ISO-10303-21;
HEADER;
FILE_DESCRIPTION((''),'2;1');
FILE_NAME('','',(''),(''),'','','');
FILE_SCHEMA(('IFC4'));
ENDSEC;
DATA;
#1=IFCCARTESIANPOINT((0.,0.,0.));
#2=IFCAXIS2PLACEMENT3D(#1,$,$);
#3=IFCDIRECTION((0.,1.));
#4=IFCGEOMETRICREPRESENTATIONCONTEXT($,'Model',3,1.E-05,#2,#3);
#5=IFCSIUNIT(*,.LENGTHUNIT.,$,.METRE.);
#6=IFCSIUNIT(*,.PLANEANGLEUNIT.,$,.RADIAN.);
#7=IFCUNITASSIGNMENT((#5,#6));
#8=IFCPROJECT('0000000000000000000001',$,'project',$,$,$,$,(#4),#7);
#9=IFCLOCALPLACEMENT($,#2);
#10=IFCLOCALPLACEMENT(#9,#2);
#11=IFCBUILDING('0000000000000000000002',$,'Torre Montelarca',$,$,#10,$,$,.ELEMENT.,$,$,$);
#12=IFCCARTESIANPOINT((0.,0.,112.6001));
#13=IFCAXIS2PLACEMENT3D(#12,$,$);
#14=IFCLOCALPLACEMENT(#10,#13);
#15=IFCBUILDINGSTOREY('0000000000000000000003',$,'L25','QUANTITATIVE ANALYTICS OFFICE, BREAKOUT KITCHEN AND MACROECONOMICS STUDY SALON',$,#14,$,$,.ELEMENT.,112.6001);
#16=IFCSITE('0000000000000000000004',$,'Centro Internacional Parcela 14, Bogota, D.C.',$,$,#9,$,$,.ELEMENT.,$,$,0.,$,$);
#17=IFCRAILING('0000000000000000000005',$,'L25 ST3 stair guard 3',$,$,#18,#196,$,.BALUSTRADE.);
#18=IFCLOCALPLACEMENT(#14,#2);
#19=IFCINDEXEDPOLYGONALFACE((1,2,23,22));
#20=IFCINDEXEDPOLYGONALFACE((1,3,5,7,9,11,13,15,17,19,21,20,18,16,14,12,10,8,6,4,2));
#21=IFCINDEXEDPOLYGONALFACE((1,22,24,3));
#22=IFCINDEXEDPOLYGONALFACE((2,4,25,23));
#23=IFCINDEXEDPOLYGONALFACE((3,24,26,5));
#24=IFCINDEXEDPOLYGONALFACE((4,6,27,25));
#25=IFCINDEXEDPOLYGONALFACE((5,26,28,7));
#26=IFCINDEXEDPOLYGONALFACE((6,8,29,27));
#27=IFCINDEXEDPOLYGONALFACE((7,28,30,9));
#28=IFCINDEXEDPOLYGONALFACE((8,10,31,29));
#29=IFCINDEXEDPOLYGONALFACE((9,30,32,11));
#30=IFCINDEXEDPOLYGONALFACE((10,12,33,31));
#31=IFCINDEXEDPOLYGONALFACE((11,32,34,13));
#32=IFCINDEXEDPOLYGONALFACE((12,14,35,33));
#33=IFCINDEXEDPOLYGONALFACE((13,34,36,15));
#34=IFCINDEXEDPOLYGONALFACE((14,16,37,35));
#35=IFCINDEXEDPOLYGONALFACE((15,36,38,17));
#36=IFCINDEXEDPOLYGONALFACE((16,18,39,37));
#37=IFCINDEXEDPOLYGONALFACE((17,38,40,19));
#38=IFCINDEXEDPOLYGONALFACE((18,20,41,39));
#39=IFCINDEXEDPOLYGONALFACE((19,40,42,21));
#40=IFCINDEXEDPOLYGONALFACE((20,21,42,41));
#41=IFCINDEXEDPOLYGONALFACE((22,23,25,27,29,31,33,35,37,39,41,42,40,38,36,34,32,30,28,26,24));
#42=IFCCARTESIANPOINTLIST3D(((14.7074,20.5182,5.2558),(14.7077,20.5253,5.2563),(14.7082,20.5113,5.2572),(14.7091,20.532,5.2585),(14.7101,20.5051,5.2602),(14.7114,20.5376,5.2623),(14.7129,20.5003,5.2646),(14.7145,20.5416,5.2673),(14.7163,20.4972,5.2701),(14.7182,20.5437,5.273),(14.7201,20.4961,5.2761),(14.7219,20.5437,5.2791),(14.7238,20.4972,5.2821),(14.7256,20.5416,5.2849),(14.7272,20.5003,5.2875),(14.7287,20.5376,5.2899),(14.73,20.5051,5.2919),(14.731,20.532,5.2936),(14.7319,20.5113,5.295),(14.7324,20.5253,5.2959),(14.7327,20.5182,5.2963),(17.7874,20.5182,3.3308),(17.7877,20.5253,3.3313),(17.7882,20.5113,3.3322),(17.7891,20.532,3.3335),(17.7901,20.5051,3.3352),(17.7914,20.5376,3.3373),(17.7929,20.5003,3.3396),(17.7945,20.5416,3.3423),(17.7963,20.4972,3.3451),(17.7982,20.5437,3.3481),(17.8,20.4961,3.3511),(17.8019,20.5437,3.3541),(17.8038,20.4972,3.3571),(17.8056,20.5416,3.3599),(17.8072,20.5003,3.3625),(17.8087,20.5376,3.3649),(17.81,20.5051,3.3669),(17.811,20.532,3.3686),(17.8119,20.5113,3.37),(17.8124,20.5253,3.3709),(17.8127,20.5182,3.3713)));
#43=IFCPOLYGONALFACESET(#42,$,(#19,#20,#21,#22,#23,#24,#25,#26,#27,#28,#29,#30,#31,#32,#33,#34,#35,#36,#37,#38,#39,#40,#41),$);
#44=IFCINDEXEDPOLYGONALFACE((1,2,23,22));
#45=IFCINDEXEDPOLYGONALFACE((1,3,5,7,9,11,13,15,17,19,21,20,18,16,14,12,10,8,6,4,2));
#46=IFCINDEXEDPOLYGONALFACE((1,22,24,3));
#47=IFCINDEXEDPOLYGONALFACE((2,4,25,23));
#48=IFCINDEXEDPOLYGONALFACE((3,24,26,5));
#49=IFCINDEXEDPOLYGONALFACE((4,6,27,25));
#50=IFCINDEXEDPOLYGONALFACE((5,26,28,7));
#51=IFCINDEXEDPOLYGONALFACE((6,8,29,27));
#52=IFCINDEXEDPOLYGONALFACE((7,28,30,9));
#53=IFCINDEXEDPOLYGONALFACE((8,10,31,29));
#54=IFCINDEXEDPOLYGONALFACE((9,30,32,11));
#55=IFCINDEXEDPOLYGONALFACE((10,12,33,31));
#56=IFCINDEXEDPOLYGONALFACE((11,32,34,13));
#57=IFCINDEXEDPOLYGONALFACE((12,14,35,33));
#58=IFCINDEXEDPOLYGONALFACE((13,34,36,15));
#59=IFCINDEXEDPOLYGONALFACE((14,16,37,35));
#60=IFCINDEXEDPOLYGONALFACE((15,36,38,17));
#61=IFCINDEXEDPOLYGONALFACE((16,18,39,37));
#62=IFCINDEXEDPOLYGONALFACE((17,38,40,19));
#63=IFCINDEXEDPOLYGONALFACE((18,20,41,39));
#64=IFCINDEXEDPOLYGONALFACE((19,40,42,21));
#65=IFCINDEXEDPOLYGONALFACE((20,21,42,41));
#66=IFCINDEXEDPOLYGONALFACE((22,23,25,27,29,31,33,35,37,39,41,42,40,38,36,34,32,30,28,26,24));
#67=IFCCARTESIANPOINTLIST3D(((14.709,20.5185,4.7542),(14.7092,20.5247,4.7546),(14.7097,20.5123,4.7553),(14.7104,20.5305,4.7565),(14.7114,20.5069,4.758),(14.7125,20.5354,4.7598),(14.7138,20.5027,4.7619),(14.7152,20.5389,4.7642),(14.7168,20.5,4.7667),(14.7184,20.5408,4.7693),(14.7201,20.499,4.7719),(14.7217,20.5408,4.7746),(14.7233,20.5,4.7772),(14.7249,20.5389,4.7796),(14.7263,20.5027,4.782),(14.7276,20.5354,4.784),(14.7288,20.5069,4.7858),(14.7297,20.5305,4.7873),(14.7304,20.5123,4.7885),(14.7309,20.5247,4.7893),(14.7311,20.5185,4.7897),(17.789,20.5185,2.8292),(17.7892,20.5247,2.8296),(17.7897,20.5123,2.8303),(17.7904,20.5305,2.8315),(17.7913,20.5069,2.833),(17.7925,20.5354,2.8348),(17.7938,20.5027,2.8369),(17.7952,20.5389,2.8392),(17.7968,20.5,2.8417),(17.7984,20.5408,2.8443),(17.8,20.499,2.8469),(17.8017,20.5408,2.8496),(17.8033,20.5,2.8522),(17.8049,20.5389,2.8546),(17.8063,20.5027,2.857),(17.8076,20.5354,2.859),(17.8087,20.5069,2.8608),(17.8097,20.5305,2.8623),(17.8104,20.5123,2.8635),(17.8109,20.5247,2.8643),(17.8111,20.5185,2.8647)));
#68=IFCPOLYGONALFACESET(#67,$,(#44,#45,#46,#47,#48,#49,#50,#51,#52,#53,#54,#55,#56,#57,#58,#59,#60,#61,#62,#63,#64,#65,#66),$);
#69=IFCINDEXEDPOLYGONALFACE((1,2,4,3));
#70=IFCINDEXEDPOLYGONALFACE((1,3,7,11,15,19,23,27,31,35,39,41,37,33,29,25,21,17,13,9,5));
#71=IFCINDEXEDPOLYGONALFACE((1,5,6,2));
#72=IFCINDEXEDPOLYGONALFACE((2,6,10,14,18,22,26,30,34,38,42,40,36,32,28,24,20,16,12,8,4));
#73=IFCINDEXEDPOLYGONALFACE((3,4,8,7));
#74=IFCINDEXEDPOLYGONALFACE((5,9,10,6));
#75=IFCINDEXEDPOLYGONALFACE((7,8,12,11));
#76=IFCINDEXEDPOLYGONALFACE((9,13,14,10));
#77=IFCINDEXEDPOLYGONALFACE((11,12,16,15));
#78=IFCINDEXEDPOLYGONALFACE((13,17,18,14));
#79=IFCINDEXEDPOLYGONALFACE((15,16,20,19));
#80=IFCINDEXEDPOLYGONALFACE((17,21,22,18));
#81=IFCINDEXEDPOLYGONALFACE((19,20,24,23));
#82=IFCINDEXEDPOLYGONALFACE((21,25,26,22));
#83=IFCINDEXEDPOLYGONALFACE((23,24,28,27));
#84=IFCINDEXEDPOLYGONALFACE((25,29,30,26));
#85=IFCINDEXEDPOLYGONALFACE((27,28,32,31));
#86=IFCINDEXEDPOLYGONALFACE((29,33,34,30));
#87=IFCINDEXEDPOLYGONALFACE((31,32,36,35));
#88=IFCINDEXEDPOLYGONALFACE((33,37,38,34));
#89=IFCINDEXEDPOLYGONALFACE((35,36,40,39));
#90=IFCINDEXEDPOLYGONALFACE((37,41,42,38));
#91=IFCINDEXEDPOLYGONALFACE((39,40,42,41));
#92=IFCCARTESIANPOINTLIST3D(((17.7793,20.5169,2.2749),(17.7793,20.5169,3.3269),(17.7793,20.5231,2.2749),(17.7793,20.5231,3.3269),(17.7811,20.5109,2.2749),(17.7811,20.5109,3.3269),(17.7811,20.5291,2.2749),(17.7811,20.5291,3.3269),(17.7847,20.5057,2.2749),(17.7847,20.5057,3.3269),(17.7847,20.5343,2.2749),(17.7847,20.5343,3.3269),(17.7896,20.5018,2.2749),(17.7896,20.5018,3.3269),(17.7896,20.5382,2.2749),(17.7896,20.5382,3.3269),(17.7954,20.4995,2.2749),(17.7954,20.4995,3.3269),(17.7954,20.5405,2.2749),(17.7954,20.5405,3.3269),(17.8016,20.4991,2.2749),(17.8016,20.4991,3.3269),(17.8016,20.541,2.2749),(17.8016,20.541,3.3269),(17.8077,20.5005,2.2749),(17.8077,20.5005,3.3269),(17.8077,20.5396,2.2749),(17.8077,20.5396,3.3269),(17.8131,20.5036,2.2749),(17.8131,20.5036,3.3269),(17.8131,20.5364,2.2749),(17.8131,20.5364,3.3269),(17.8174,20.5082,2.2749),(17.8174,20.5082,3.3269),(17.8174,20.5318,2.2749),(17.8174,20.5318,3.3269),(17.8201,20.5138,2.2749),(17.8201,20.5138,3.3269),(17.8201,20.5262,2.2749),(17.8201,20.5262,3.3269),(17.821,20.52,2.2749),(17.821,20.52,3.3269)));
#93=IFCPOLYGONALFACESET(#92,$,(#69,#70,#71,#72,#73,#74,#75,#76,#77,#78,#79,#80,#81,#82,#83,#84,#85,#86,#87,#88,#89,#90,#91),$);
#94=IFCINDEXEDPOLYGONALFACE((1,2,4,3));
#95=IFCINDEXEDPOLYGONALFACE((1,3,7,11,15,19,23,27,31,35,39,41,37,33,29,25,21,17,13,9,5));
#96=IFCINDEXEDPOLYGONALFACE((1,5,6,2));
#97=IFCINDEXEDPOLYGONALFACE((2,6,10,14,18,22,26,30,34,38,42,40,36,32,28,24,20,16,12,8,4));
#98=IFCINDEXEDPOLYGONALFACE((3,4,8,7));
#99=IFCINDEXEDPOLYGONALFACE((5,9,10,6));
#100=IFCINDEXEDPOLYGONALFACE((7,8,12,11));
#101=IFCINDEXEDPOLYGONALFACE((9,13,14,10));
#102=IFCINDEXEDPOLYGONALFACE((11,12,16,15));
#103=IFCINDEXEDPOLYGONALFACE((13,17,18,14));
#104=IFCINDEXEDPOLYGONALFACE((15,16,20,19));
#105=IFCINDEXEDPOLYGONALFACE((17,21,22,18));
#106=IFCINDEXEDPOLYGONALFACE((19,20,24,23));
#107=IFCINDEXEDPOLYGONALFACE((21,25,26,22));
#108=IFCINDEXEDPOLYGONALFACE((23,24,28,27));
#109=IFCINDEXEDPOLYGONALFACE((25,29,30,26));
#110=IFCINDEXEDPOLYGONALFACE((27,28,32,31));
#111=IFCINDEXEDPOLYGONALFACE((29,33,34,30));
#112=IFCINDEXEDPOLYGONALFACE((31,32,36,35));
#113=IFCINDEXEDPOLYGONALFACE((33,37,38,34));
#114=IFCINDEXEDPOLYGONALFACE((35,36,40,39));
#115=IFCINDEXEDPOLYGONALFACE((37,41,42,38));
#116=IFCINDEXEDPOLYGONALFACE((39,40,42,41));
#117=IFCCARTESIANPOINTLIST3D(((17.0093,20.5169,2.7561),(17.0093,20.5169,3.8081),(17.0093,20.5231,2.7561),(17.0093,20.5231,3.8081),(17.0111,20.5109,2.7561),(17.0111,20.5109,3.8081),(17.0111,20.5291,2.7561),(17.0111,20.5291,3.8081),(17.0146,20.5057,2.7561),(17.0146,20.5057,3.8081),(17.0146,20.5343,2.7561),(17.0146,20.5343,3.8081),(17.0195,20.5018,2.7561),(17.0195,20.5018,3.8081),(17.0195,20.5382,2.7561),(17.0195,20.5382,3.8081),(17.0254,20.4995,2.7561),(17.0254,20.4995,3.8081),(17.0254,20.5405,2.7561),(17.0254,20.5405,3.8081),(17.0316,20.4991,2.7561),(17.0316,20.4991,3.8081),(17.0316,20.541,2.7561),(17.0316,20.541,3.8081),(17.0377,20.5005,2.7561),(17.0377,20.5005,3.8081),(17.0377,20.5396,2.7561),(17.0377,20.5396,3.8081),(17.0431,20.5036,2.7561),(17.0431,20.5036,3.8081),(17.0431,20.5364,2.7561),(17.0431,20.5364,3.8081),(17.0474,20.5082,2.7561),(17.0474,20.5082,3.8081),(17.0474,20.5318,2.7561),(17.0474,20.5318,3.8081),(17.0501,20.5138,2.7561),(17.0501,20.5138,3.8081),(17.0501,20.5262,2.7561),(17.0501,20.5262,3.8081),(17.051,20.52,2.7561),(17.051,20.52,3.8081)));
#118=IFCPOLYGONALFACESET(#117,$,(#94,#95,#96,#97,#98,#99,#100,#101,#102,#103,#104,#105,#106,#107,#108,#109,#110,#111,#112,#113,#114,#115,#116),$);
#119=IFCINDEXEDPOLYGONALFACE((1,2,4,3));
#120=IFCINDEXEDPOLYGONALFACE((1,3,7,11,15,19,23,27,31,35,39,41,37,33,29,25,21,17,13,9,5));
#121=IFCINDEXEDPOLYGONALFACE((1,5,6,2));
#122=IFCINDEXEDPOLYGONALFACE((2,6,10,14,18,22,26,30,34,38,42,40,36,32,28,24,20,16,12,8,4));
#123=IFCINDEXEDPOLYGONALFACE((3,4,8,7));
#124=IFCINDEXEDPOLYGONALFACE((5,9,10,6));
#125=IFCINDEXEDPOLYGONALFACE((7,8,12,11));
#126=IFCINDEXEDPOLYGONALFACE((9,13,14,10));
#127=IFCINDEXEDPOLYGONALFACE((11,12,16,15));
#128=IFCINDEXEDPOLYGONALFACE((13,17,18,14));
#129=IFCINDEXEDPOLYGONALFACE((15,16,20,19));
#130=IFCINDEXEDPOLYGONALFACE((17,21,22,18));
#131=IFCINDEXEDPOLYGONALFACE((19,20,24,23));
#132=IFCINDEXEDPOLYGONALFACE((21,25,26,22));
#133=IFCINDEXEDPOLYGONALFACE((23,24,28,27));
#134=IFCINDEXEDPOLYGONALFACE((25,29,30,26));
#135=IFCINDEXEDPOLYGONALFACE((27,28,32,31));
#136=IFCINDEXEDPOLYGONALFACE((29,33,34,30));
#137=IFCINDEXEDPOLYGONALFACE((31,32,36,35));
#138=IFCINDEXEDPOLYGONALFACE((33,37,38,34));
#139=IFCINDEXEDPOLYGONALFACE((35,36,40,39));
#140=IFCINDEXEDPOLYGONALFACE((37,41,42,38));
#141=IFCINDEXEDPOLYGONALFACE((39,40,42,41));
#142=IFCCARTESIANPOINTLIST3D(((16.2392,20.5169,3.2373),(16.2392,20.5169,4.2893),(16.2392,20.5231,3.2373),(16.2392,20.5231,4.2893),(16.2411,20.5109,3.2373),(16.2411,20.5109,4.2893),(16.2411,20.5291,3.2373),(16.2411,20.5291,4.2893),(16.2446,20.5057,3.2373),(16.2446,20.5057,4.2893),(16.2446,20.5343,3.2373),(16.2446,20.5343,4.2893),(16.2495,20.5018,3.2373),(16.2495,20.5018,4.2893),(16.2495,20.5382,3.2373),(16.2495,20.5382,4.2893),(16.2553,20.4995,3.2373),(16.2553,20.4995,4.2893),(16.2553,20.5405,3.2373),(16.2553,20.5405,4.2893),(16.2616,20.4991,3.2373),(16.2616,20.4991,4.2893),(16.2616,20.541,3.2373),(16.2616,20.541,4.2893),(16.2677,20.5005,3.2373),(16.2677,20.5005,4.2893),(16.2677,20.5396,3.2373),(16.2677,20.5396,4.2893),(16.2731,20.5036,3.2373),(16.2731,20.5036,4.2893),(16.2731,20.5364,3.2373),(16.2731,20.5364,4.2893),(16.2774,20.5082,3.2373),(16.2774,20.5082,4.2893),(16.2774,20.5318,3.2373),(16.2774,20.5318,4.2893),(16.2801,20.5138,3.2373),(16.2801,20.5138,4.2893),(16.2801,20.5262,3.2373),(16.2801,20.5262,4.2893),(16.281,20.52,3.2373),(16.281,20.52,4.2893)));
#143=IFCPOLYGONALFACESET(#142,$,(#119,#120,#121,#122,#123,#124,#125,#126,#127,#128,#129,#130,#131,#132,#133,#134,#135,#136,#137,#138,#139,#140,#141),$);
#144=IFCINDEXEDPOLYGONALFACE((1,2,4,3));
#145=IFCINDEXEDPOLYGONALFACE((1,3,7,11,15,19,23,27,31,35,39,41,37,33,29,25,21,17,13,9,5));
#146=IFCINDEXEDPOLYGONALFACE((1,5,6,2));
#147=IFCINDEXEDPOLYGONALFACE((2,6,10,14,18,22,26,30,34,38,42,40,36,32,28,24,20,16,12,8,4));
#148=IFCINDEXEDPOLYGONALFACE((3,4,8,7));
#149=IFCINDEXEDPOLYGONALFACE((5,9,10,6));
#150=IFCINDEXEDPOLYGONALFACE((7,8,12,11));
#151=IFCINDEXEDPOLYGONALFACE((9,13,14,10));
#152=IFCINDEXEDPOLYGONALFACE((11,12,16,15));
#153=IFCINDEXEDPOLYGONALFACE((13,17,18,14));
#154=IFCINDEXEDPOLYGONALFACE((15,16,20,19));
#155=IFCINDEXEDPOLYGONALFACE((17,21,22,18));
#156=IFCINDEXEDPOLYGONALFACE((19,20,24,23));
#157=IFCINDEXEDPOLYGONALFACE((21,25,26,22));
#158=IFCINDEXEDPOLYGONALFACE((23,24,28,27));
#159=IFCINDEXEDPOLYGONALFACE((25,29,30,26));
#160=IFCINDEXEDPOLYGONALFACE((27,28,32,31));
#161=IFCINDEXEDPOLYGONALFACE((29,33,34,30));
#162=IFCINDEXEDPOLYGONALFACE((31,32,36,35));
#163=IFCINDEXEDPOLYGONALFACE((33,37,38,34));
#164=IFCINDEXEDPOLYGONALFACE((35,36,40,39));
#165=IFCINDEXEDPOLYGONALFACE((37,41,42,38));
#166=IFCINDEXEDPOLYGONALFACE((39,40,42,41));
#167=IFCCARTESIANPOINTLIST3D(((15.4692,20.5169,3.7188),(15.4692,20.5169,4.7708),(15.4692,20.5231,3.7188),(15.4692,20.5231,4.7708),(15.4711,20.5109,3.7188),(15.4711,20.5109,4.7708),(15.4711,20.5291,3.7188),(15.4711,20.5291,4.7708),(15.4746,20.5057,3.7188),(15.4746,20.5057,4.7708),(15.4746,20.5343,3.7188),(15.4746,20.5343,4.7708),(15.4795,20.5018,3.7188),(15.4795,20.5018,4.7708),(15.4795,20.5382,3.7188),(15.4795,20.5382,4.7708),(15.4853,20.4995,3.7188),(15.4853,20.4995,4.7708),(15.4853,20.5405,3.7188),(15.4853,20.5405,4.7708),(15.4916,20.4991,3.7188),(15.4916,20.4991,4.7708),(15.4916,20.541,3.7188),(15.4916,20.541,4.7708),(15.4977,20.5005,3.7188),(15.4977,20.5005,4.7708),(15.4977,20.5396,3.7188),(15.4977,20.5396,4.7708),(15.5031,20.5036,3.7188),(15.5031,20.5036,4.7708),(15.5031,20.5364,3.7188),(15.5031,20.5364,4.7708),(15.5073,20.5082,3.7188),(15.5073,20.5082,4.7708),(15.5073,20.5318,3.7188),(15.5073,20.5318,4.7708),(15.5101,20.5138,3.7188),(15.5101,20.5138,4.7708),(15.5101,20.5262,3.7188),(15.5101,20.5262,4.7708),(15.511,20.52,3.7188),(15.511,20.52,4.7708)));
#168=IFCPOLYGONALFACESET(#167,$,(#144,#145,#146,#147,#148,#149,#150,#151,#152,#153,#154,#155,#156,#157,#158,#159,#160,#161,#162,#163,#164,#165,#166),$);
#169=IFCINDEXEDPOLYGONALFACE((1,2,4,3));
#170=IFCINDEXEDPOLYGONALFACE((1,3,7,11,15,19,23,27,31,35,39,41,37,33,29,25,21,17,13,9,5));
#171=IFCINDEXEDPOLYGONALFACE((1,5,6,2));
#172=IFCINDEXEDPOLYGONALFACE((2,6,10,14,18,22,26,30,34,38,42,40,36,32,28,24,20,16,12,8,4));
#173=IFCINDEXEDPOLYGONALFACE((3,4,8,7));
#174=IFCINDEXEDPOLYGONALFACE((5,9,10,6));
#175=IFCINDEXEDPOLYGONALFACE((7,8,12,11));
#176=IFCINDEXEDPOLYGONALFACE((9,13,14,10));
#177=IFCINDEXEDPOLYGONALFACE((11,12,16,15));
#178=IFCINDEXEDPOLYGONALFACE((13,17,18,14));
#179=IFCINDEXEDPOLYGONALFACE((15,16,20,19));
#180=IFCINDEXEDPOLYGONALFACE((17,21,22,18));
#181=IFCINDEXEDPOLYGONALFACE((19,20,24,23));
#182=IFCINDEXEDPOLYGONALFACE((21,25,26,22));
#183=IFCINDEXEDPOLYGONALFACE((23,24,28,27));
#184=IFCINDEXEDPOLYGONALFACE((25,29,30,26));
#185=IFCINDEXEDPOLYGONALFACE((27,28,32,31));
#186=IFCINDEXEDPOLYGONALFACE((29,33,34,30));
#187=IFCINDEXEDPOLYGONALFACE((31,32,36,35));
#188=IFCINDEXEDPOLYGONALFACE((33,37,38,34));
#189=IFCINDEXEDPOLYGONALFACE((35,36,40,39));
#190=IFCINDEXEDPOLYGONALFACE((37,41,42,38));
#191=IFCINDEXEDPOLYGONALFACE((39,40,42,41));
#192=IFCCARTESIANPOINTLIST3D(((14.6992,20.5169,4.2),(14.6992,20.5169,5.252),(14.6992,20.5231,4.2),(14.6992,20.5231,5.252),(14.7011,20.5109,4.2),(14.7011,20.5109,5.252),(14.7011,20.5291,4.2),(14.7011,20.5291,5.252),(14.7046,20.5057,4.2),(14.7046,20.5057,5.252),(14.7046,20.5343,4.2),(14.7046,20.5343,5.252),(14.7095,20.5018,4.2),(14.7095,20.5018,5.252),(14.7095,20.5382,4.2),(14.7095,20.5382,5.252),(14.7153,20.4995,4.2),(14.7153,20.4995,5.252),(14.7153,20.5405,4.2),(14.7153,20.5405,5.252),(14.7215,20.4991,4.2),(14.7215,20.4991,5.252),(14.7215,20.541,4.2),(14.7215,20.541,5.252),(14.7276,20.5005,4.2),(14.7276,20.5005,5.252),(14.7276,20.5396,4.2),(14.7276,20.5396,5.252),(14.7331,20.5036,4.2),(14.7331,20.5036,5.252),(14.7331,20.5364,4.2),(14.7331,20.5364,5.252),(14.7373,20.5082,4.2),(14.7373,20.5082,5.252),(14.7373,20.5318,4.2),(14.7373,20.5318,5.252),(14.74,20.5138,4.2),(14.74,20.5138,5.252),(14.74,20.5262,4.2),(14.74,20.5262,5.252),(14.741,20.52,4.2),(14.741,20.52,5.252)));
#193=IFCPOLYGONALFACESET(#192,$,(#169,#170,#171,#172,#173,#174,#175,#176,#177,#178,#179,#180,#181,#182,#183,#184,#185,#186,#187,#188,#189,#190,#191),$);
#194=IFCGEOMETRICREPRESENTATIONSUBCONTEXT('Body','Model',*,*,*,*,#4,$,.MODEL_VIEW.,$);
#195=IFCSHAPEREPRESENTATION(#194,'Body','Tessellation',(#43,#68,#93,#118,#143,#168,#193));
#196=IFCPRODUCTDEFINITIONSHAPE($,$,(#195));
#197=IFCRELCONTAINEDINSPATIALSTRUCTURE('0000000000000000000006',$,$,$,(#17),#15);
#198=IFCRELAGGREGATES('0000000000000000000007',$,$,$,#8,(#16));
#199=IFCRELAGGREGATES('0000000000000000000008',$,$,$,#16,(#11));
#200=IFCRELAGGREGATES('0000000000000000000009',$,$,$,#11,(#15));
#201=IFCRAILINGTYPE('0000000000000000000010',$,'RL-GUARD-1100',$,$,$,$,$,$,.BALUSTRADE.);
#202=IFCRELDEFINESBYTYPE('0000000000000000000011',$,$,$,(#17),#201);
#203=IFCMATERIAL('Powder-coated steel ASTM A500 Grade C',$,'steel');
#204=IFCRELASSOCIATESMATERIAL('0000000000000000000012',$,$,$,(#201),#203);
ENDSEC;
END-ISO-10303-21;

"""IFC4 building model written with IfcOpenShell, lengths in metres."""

from ifc_helpers import new_model, si_unit, direction, frame, origin, origin_2d, place, context, subcontext, project, spatial, circle, extrude, material, type_object, element, save


model = new_model("IFC4")

# Units and contexts
model_context = context("Model", 3, precision=1e-05, world=origin(), true_north=direction((0.0, 1.0)))
body_context = subcontext(model_context, "Body", "Model", "MODEL_VIEW")
ifc_project = project(units=[si_unit("LENGTHUNIT", "METRE"), si_unit("PLANEANGLEUNIT", "RADIAN")], contexts=[model_context])

# Site, building, storey
site_placement = place(None, origin())
site = spatial("IfcSite", under=ifc_project, at=site_placement, Name="Centro Internacional Parcela 14, Bogota, D.C.", CompositionType="ELEMENT", RefElevation=0.0)
building_placement = place(site_placement, origin())
building = spatial("IfcBuilding", under=site, at=building_placement, Name="Torre Montelarca", CompositionType="ELEMENT")
storey_placement = place(building_placement, frame((0.0, 0.0, 112.6001)))
storey = spatial("IfcBuildingStorey", under=building, at=storey_placement, Name="L25", Description="QUANTITATIVE ANALYTICS OFFICE, BREAKOUT KITCHEN AND MACROECONOMICS STUDY SALON", CompositionType="ELEMENT", Elevation=112.6001)

# Railing
ifc_material_1 = material(Name="Powder-coated steel ASTM A500 Grade C", Category="steel")
railing_type_1 = type_object("IfcRailingType", Name="RL-GUARD-1100", PredefinedType="BALUSTRADE", material=ifc_material_1)
railing_1_placement = place(storey_placement, frame((17.8, 20.52, 2.2749)))
element("IfcRailing", 1, at=railing_1_placement, inside=storey, type_object=railing_type_1, Name="L25 ST3 stair guard 3", PredefinedType="BALUSTRADE", context=body_context, shape_type="SweptSolid", body=[
    extrude(circle(Radius=0.0239, at=origin_2d()), frame((0.0, 0.0, 1.0762), z_axis=(-0.847998, 0.0, 0.529999), x_axis=(0.0, -1.0, 0.0)), (0.0, 0.0, 1.0), 3.6321),
    extrude(circle(Radius=0.021, at=origin_2d()), frame((0.0, 0.0, 0.572), z_axis=(-0.847998, 0.0, 0.529999), x_axis=(0.0, -1.0, 0.0)), (0.0, 0.0, 1.0), 3.6321),
    extrude(circle(Radius=0.021, at=origin_2d()), origin(), (0.0, 0.0, 1.0), 1.052),
    extrude(circle(Radius=0.021, at=origin_2d()), frame((-0.77, 0.0, 0.4812)), (0.0, 0.0, 1.0), 1.052),
    extrude(circle(Radius=0.021, at=origin_2d()), frame((-1.54, 0.0, 0.9624)), (0.0, 0.0, 1.0), 1.052),
    extrude(circle(Radius=0.021, at=origin_2d()), frame((-2.3101, 0.0, 1.4438)), (0.0, 0.0, 1.0), 1.052),
    extrude(circle(Radius=0.021, at=origin_2d()), frame((-3.0801, 0.0, 1.925)), (0.0, 0.0, 1.0), 1.052),
])

save(model, "model.ifc")
